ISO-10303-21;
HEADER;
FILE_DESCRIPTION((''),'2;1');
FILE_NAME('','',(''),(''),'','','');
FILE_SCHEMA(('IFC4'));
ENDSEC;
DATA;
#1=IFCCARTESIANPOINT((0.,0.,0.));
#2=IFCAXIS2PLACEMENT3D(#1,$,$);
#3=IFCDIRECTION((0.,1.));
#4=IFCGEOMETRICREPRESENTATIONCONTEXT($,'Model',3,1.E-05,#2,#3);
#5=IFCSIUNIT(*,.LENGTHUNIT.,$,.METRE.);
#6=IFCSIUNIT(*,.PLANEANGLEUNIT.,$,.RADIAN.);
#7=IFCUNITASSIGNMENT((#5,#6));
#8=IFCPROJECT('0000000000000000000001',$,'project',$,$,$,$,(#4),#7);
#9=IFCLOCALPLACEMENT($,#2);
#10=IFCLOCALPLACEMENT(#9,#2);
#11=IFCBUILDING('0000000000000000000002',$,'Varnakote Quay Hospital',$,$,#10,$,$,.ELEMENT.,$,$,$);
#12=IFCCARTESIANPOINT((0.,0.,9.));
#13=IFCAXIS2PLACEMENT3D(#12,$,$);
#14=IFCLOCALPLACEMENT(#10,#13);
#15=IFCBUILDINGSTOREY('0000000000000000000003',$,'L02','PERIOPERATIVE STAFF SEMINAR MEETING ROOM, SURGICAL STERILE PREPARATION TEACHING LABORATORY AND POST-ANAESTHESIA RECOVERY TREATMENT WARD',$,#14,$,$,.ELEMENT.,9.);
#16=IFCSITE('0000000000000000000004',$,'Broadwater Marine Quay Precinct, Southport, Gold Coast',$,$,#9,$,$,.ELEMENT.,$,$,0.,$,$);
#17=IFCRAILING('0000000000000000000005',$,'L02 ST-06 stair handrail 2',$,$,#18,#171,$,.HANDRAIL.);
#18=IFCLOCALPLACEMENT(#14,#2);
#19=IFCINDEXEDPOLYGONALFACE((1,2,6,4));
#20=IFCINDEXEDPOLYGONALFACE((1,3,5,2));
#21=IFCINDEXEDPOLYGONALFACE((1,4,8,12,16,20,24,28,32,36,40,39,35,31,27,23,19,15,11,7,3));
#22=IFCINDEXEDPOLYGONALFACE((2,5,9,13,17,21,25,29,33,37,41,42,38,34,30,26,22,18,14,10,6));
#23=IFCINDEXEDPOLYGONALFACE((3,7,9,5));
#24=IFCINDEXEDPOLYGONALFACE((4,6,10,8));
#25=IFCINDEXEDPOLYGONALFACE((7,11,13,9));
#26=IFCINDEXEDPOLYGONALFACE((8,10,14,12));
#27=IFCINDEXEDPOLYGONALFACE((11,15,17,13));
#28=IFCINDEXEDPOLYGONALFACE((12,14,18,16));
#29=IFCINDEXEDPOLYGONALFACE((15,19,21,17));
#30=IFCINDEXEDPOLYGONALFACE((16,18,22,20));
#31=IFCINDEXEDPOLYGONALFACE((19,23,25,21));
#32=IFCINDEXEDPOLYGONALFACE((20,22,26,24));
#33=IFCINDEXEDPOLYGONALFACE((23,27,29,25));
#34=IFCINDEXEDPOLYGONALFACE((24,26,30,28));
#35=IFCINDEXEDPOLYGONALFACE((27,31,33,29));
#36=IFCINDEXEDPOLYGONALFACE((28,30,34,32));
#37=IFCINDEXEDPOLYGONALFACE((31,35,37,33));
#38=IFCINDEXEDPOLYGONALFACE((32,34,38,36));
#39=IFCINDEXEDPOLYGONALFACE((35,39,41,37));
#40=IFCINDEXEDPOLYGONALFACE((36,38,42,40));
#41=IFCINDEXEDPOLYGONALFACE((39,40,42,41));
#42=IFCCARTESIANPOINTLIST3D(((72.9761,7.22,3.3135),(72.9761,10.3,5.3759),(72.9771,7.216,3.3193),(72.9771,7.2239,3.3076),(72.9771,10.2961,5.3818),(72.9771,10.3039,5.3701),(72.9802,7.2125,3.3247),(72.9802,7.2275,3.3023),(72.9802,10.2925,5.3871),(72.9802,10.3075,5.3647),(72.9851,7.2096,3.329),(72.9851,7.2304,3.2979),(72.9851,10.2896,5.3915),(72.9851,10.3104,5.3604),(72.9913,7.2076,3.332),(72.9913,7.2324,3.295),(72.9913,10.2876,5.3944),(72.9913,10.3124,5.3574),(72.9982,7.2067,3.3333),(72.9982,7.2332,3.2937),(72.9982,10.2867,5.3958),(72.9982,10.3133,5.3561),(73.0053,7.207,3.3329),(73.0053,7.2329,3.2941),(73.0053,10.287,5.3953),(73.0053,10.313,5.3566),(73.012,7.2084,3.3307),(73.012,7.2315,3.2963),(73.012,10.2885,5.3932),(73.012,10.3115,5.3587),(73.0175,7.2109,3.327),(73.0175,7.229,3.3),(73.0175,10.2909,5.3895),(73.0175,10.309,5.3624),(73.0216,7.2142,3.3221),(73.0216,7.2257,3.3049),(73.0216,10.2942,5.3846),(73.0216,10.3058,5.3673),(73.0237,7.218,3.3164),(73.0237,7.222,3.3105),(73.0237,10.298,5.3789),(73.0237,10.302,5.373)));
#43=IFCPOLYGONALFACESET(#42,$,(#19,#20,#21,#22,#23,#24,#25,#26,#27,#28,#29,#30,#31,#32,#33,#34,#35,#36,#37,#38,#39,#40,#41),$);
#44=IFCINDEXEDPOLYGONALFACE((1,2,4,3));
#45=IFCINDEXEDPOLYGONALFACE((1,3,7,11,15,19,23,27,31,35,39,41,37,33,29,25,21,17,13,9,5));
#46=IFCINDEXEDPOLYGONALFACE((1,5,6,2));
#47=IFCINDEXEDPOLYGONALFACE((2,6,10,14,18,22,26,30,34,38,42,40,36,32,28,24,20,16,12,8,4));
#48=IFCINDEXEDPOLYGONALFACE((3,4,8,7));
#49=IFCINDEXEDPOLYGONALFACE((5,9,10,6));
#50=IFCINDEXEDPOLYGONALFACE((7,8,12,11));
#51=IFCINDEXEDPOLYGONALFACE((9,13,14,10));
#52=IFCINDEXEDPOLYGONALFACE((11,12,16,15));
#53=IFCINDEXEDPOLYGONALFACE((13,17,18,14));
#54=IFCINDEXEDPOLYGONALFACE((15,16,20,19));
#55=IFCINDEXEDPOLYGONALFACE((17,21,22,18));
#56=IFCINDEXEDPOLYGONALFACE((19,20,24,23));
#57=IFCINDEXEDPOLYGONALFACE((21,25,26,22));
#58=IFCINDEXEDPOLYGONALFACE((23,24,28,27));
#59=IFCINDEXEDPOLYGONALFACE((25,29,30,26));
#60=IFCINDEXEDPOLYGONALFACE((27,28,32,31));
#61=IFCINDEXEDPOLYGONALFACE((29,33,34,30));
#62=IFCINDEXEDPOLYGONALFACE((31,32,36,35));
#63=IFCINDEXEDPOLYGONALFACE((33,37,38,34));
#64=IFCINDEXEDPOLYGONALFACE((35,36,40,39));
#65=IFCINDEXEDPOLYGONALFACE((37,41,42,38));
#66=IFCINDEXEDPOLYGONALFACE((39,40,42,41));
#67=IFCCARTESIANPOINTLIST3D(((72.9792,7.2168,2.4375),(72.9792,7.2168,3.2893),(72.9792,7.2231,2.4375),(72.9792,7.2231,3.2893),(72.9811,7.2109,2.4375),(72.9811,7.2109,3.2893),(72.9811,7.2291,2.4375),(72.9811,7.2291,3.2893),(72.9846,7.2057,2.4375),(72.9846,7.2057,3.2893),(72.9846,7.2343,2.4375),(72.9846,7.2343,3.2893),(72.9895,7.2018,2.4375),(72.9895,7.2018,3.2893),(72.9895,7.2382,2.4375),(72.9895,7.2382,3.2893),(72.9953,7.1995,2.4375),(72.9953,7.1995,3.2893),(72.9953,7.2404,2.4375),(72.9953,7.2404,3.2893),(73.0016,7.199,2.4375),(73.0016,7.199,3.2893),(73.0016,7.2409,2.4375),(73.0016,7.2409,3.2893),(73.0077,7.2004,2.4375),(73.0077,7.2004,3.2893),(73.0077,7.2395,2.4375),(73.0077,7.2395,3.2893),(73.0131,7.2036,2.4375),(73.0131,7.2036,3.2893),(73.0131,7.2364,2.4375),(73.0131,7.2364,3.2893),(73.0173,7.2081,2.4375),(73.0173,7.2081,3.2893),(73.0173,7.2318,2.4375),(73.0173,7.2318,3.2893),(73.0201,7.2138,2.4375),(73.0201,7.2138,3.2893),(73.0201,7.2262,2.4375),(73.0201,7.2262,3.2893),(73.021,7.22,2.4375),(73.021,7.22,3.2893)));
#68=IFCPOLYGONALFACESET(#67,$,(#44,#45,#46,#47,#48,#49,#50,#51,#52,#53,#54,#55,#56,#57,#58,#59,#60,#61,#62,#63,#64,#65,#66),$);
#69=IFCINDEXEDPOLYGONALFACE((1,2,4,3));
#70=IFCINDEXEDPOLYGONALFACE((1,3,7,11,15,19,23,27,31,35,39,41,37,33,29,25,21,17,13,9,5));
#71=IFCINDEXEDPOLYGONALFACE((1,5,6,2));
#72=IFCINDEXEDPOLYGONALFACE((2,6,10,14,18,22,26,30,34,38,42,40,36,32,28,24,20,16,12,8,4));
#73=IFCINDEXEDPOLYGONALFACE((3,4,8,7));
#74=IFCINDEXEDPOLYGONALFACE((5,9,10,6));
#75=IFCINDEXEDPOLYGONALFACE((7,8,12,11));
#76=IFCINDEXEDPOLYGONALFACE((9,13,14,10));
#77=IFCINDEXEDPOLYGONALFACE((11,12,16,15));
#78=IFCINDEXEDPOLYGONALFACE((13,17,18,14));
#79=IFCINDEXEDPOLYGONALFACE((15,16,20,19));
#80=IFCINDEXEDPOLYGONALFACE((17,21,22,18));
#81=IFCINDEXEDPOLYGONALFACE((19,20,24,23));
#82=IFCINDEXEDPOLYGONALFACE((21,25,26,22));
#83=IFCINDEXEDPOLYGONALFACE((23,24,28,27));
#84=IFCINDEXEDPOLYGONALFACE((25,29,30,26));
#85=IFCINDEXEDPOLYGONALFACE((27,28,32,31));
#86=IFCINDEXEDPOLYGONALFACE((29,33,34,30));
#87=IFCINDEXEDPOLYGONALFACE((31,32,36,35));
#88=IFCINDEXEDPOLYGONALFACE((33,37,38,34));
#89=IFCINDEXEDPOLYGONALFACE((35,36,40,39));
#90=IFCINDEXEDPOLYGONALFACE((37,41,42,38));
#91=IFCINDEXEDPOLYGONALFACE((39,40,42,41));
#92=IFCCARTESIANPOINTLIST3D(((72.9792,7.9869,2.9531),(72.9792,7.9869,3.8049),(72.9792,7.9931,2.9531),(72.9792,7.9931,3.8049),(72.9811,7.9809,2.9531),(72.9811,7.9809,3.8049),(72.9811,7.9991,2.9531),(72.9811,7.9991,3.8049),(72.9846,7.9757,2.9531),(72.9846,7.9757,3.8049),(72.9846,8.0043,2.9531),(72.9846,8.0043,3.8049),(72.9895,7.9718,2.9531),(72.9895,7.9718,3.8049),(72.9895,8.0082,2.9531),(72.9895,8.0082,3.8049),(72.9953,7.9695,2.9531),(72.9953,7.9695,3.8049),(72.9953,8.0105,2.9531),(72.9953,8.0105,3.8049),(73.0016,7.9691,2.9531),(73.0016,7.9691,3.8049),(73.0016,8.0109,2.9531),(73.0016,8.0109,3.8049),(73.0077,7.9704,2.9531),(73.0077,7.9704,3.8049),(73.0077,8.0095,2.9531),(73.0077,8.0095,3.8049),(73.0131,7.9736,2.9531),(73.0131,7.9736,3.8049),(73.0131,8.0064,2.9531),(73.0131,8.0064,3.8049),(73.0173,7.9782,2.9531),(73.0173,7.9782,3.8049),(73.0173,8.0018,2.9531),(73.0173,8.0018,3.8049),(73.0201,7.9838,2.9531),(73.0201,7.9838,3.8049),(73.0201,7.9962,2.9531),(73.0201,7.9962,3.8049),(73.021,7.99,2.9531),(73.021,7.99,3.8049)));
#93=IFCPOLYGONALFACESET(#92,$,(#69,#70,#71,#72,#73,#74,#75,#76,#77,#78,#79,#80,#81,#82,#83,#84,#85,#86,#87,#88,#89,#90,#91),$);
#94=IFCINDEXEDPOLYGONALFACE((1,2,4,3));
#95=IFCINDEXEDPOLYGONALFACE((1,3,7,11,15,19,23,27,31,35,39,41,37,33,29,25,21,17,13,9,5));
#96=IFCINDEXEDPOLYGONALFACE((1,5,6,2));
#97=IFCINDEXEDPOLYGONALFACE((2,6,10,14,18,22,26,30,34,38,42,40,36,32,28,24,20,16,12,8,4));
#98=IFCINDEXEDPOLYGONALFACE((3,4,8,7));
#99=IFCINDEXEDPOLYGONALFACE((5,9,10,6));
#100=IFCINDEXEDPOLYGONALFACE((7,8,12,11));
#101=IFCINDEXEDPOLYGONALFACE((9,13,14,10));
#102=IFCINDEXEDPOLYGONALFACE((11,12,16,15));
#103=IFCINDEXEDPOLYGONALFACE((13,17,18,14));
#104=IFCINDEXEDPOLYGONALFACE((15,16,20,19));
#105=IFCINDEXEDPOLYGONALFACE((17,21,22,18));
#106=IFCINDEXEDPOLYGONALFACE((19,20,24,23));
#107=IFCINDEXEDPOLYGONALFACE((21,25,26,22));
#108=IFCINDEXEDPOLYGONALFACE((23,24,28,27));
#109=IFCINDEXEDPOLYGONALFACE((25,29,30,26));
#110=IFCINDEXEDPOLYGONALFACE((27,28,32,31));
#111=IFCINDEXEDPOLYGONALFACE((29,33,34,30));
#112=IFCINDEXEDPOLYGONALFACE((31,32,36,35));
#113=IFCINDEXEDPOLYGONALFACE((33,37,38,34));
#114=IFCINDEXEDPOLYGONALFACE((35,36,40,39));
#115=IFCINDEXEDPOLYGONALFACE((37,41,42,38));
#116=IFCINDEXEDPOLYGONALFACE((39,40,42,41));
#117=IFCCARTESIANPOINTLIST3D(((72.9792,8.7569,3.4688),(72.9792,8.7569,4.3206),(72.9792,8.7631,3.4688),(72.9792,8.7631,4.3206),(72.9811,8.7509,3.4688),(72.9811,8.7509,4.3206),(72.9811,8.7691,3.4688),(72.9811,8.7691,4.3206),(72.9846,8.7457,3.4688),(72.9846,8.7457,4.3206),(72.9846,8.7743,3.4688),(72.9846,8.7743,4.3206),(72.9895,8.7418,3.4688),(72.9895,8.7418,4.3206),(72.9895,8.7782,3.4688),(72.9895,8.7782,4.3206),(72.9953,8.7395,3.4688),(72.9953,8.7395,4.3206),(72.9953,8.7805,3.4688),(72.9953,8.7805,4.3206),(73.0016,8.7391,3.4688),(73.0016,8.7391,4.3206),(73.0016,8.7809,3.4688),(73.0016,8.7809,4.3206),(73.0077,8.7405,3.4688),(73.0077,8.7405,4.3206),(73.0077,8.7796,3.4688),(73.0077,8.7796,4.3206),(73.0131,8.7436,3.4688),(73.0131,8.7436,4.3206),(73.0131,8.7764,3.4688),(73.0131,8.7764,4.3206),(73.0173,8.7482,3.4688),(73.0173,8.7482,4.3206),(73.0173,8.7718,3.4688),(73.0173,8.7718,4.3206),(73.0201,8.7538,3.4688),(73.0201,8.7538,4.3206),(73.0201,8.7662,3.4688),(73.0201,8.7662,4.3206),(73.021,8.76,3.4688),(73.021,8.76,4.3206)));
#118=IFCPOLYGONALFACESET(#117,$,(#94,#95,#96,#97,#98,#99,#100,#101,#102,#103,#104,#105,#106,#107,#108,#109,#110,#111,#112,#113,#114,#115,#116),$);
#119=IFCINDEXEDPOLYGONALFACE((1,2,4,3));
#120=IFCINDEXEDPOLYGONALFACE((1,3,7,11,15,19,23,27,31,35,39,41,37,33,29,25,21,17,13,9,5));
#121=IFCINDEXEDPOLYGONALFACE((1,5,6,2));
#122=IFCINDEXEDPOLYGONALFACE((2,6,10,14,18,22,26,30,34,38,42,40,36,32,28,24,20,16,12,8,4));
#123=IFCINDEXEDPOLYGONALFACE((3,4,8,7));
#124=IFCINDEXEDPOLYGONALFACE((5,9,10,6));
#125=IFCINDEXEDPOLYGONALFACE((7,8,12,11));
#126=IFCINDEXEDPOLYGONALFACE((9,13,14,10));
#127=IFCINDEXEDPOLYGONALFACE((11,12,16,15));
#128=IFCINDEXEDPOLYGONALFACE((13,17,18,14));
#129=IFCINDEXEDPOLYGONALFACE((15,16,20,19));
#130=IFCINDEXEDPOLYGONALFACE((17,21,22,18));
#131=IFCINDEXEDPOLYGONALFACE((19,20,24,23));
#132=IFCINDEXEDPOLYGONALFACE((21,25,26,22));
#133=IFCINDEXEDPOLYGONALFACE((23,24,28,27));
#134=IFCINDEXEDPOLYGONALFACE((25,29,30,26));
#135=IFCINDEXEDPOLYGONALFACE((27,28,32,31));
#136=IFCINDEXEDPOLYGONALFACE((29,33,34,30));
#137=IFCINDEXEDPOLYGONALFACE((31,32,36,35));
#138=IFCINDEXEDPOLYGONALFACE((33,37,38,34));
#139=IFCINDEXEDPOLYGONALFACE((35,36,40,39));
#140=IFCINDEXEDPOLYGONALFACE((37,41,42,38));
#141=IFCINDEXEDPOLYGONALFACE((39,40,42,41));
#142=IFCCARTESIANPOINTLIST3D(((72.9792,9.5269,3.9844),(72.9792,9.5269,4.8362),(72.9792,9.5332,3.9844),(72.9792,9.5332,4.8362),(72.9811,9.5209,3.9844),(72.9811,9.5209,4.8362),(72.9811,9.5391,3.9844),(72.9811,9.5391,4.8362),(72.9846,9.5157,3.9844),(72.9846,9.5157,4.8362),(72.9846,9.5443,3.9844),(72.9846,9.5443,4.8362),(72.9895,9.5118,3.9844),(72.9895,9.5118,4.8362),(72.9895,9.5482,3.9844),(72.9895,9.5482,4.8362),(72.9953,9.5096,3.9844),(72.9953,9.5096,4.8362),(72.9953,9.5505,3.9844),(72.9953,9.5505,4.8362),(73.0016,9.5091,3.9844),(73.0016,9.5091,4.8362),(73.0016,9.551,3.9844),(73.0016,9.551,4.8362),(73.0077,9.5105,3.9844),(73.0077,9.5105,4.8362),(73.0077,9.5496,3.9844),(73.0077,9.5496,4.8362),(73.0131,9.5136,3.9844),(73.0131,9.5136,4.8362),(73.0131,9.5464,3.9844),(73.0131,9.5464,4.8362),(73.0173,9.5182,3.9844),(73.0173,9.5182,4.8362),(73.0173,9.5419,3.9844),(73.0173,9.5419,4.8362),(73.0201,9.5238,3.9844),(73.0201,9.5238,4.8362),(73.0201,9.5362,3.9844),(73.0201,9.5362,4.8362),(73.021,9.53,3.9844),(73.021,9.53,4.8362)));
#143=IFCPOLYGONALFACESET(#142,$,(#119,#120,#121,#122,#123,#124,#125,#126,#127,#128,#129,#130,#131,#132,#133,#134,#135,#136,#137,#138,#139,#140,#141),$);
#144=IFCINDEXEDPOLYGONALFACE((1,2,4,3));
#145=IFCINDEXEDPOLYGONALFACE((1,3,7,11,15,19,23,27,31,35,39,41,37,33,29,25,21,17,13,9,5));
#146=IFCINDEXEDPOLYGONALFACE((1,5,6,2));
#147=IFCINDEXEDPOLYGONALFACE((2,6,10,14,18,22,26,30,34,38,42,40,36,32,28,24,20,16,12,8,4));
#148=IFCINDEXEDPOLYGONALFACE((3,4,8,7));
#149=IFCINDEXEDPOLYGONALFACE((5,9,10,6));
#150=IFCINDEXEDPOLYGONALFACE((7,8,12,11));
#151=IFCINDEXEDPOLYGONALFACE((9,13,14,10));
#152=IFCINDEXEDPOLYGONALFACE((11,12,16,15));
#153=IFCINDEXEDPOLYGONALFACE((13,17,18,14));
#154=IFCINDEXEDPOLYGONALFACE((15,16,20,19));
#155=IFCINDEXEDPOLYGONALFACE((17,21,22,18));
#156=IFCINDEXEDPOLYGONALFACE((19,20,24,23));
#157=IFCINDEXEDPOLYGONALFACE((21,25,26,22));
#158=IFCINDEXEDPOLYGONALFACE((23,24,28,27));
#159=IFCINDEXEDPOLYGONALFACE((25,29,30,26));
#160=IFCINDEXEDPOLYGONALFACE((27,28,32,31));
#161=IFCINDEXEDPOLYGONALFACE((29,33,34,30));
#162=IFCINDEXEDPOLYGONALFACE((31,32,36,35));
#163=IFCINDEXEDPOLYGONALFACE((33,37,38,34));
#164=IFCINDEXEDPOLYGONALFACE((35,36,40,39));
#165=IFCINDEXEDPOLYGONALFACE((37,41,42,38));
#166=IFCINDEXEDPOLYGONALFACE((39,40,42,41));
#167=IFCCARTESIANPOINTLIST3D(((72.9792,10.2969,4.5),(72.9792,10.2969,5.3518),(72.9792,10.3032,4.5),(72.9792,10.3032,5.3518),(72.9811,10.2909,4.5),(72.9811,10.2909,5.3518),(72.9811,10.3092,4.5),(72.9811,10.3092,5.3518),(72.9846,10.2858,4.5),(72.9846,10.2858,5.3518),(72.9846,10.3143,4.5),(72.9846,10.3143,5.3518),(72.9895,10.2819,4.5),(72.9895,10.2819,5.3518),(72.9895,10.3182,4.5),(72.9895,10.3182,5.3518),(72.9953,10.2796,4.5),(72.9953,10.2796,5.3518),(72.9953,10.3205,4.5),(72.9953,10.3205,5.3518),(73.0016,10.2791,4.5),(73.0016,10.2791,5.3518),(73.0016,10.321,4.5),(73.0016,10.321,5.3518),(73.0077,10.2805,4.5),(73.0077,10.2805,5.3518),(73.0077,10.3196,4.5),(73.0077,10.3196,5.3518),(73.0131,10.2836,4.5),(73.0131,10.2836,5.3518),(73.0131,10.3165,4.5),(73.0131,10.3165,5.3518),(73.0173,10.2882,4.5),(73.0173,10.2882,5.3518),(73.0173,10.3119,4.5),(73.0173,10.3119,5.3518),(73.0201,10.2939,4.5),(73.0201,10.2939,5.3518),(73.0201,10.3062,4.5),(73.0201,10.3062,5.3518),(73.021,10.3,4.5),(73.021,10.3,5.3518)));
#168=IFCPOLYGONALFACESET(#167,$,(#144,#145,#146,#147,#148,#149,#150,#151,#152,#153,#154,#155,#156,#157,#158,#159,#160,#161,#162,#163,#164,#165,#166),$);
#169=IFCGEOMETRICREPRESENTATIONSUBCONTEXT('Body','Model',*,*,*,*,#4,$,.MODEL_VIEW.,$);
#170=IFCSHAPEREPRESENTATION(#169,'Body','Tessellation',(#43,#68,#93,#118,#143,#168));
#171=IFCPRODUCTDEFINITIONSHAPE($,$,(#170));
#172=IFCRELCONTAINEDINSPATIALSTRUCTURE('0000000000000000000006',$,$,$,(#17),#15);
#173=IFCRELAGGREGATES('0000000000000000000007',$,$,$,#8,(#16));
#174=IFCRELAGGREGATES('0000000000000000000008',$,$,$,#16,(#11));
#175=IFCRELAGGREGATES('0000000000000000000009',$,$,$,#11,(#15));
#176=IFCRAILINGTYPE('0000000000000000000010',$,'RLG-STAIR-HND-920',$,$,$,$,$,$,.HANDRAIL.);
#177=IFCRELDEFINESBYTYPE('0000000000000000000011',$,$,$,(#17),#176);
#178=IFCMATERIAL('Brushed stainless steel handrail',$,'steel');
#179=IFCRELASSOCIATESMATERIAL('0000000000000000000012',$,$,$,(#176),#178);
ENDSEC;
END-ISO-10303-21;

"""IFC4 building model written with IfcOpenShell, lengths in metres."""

from ifc_helpers import new_model, si_unit, direction, frame, origin, origin_2d, place, context, subcontext, project, spatial, circle, extrude, material, type_object, element, save


model = new_model("IFC4")

# Units and contexts
model_context = context("Model", 3, precision=1e-05, world=origin(), true_north=direction((0.0, 1.0)))
body_context = subcontext(model_context, "Body", "Model", "MODEL_VIEW")
ifc_project = project(units=[si_unit("LENGTHUNIT", "METRE"), si_unit("PLANEANGLEUNIT", "RADIAN")], contexts=[model_context])

# Site, building, storey
site_placement = place(None, origin())
site = spatial("IfcSite", under=ifc_project, at=site_placement, Name="Broadwater Marine Quay Precinct, Southport, Gold Coast", CompositionType="ELEMENT", RefElevation=0.0)
building_placement = place(site_placement, origin())
building = spatial("IfcBuilding", under=site, at=building_placement, Name="Varnakote Quay Hospital", CompositionType="ELEMENT")
storey_placement = place(building_placement, frame((0.0, 0.0, 9.0)))
storey = spatial("IfcBuildingStorey", under=building, at=storey_placement, Name="L02", Description="PERIOPERATIVE STAFF SEMINAR MEETING ROOM, SURGICAL STERILE PREPARATION TEACHING LABORATORY AND POST-ANAESTHESIA RECOVERY TREATMENT WARD", CompositionType="ELEMENT", Elevation=9.0)

# Railing
ifc_material_1 = material(Name="Brushed stainless steel handrail", Category="steel")
railing_type_1 = type_object("IfcRailingType", Name="RLG-STAIR-HND-920", PredefinedType="HANDRAIL", material=ifc_material_1)
railing_1_placement = place(storey_placement, frame((73.0, 7.22, 2.4375)))
element("IfcRailing", 1, at=railing_1_placement, inside=storey, type_object=railing_type_1, Name="L02 ST-06 stair handrail 2", PredefinedType="HANDRAIL", context=body_context, shape_type="SweptSolid", body=[
    extrude(circle(Radius=0.0239, at=origin_2d()), frame((0.0, 0.0, 0.876), z_axis=(0.0, 0.830914, 0.556401), x_axis=(-1.0, 0.0, 0.0)), (0.0, 0.0, 1.0), 3.7068),
    extrude(circle(Radius=0.021, at=origin_2d()), origin(), (0.0, 0.0, 1.0), 0.8518),
    extrude(circle(Radius=0.021, at=origin_2d()), frame((0.0, 0.77, 0.5156)), (0.0, 0.0, 1.0), 0.8518),
    extrude(circle(Radius=0.021, at=origin_2d()), frame((0.0, 1.54, 1.0312)), (0.0, 0.0, 1.0), 0.8518),
    extrude(circle(Radius=0.021, at=origin_2d()), frame((0.0, 2.3101, 1.5469)), (0.0, 0.0, 1.0), 0.8518),
    extrude(circle(Radius=0.021, at=origin_2d()), frame((0.0, 3.0801, 2.0625)), (0.0, 0.0, 1.0), 0.8518),
])

save(model, "model.ifc")
